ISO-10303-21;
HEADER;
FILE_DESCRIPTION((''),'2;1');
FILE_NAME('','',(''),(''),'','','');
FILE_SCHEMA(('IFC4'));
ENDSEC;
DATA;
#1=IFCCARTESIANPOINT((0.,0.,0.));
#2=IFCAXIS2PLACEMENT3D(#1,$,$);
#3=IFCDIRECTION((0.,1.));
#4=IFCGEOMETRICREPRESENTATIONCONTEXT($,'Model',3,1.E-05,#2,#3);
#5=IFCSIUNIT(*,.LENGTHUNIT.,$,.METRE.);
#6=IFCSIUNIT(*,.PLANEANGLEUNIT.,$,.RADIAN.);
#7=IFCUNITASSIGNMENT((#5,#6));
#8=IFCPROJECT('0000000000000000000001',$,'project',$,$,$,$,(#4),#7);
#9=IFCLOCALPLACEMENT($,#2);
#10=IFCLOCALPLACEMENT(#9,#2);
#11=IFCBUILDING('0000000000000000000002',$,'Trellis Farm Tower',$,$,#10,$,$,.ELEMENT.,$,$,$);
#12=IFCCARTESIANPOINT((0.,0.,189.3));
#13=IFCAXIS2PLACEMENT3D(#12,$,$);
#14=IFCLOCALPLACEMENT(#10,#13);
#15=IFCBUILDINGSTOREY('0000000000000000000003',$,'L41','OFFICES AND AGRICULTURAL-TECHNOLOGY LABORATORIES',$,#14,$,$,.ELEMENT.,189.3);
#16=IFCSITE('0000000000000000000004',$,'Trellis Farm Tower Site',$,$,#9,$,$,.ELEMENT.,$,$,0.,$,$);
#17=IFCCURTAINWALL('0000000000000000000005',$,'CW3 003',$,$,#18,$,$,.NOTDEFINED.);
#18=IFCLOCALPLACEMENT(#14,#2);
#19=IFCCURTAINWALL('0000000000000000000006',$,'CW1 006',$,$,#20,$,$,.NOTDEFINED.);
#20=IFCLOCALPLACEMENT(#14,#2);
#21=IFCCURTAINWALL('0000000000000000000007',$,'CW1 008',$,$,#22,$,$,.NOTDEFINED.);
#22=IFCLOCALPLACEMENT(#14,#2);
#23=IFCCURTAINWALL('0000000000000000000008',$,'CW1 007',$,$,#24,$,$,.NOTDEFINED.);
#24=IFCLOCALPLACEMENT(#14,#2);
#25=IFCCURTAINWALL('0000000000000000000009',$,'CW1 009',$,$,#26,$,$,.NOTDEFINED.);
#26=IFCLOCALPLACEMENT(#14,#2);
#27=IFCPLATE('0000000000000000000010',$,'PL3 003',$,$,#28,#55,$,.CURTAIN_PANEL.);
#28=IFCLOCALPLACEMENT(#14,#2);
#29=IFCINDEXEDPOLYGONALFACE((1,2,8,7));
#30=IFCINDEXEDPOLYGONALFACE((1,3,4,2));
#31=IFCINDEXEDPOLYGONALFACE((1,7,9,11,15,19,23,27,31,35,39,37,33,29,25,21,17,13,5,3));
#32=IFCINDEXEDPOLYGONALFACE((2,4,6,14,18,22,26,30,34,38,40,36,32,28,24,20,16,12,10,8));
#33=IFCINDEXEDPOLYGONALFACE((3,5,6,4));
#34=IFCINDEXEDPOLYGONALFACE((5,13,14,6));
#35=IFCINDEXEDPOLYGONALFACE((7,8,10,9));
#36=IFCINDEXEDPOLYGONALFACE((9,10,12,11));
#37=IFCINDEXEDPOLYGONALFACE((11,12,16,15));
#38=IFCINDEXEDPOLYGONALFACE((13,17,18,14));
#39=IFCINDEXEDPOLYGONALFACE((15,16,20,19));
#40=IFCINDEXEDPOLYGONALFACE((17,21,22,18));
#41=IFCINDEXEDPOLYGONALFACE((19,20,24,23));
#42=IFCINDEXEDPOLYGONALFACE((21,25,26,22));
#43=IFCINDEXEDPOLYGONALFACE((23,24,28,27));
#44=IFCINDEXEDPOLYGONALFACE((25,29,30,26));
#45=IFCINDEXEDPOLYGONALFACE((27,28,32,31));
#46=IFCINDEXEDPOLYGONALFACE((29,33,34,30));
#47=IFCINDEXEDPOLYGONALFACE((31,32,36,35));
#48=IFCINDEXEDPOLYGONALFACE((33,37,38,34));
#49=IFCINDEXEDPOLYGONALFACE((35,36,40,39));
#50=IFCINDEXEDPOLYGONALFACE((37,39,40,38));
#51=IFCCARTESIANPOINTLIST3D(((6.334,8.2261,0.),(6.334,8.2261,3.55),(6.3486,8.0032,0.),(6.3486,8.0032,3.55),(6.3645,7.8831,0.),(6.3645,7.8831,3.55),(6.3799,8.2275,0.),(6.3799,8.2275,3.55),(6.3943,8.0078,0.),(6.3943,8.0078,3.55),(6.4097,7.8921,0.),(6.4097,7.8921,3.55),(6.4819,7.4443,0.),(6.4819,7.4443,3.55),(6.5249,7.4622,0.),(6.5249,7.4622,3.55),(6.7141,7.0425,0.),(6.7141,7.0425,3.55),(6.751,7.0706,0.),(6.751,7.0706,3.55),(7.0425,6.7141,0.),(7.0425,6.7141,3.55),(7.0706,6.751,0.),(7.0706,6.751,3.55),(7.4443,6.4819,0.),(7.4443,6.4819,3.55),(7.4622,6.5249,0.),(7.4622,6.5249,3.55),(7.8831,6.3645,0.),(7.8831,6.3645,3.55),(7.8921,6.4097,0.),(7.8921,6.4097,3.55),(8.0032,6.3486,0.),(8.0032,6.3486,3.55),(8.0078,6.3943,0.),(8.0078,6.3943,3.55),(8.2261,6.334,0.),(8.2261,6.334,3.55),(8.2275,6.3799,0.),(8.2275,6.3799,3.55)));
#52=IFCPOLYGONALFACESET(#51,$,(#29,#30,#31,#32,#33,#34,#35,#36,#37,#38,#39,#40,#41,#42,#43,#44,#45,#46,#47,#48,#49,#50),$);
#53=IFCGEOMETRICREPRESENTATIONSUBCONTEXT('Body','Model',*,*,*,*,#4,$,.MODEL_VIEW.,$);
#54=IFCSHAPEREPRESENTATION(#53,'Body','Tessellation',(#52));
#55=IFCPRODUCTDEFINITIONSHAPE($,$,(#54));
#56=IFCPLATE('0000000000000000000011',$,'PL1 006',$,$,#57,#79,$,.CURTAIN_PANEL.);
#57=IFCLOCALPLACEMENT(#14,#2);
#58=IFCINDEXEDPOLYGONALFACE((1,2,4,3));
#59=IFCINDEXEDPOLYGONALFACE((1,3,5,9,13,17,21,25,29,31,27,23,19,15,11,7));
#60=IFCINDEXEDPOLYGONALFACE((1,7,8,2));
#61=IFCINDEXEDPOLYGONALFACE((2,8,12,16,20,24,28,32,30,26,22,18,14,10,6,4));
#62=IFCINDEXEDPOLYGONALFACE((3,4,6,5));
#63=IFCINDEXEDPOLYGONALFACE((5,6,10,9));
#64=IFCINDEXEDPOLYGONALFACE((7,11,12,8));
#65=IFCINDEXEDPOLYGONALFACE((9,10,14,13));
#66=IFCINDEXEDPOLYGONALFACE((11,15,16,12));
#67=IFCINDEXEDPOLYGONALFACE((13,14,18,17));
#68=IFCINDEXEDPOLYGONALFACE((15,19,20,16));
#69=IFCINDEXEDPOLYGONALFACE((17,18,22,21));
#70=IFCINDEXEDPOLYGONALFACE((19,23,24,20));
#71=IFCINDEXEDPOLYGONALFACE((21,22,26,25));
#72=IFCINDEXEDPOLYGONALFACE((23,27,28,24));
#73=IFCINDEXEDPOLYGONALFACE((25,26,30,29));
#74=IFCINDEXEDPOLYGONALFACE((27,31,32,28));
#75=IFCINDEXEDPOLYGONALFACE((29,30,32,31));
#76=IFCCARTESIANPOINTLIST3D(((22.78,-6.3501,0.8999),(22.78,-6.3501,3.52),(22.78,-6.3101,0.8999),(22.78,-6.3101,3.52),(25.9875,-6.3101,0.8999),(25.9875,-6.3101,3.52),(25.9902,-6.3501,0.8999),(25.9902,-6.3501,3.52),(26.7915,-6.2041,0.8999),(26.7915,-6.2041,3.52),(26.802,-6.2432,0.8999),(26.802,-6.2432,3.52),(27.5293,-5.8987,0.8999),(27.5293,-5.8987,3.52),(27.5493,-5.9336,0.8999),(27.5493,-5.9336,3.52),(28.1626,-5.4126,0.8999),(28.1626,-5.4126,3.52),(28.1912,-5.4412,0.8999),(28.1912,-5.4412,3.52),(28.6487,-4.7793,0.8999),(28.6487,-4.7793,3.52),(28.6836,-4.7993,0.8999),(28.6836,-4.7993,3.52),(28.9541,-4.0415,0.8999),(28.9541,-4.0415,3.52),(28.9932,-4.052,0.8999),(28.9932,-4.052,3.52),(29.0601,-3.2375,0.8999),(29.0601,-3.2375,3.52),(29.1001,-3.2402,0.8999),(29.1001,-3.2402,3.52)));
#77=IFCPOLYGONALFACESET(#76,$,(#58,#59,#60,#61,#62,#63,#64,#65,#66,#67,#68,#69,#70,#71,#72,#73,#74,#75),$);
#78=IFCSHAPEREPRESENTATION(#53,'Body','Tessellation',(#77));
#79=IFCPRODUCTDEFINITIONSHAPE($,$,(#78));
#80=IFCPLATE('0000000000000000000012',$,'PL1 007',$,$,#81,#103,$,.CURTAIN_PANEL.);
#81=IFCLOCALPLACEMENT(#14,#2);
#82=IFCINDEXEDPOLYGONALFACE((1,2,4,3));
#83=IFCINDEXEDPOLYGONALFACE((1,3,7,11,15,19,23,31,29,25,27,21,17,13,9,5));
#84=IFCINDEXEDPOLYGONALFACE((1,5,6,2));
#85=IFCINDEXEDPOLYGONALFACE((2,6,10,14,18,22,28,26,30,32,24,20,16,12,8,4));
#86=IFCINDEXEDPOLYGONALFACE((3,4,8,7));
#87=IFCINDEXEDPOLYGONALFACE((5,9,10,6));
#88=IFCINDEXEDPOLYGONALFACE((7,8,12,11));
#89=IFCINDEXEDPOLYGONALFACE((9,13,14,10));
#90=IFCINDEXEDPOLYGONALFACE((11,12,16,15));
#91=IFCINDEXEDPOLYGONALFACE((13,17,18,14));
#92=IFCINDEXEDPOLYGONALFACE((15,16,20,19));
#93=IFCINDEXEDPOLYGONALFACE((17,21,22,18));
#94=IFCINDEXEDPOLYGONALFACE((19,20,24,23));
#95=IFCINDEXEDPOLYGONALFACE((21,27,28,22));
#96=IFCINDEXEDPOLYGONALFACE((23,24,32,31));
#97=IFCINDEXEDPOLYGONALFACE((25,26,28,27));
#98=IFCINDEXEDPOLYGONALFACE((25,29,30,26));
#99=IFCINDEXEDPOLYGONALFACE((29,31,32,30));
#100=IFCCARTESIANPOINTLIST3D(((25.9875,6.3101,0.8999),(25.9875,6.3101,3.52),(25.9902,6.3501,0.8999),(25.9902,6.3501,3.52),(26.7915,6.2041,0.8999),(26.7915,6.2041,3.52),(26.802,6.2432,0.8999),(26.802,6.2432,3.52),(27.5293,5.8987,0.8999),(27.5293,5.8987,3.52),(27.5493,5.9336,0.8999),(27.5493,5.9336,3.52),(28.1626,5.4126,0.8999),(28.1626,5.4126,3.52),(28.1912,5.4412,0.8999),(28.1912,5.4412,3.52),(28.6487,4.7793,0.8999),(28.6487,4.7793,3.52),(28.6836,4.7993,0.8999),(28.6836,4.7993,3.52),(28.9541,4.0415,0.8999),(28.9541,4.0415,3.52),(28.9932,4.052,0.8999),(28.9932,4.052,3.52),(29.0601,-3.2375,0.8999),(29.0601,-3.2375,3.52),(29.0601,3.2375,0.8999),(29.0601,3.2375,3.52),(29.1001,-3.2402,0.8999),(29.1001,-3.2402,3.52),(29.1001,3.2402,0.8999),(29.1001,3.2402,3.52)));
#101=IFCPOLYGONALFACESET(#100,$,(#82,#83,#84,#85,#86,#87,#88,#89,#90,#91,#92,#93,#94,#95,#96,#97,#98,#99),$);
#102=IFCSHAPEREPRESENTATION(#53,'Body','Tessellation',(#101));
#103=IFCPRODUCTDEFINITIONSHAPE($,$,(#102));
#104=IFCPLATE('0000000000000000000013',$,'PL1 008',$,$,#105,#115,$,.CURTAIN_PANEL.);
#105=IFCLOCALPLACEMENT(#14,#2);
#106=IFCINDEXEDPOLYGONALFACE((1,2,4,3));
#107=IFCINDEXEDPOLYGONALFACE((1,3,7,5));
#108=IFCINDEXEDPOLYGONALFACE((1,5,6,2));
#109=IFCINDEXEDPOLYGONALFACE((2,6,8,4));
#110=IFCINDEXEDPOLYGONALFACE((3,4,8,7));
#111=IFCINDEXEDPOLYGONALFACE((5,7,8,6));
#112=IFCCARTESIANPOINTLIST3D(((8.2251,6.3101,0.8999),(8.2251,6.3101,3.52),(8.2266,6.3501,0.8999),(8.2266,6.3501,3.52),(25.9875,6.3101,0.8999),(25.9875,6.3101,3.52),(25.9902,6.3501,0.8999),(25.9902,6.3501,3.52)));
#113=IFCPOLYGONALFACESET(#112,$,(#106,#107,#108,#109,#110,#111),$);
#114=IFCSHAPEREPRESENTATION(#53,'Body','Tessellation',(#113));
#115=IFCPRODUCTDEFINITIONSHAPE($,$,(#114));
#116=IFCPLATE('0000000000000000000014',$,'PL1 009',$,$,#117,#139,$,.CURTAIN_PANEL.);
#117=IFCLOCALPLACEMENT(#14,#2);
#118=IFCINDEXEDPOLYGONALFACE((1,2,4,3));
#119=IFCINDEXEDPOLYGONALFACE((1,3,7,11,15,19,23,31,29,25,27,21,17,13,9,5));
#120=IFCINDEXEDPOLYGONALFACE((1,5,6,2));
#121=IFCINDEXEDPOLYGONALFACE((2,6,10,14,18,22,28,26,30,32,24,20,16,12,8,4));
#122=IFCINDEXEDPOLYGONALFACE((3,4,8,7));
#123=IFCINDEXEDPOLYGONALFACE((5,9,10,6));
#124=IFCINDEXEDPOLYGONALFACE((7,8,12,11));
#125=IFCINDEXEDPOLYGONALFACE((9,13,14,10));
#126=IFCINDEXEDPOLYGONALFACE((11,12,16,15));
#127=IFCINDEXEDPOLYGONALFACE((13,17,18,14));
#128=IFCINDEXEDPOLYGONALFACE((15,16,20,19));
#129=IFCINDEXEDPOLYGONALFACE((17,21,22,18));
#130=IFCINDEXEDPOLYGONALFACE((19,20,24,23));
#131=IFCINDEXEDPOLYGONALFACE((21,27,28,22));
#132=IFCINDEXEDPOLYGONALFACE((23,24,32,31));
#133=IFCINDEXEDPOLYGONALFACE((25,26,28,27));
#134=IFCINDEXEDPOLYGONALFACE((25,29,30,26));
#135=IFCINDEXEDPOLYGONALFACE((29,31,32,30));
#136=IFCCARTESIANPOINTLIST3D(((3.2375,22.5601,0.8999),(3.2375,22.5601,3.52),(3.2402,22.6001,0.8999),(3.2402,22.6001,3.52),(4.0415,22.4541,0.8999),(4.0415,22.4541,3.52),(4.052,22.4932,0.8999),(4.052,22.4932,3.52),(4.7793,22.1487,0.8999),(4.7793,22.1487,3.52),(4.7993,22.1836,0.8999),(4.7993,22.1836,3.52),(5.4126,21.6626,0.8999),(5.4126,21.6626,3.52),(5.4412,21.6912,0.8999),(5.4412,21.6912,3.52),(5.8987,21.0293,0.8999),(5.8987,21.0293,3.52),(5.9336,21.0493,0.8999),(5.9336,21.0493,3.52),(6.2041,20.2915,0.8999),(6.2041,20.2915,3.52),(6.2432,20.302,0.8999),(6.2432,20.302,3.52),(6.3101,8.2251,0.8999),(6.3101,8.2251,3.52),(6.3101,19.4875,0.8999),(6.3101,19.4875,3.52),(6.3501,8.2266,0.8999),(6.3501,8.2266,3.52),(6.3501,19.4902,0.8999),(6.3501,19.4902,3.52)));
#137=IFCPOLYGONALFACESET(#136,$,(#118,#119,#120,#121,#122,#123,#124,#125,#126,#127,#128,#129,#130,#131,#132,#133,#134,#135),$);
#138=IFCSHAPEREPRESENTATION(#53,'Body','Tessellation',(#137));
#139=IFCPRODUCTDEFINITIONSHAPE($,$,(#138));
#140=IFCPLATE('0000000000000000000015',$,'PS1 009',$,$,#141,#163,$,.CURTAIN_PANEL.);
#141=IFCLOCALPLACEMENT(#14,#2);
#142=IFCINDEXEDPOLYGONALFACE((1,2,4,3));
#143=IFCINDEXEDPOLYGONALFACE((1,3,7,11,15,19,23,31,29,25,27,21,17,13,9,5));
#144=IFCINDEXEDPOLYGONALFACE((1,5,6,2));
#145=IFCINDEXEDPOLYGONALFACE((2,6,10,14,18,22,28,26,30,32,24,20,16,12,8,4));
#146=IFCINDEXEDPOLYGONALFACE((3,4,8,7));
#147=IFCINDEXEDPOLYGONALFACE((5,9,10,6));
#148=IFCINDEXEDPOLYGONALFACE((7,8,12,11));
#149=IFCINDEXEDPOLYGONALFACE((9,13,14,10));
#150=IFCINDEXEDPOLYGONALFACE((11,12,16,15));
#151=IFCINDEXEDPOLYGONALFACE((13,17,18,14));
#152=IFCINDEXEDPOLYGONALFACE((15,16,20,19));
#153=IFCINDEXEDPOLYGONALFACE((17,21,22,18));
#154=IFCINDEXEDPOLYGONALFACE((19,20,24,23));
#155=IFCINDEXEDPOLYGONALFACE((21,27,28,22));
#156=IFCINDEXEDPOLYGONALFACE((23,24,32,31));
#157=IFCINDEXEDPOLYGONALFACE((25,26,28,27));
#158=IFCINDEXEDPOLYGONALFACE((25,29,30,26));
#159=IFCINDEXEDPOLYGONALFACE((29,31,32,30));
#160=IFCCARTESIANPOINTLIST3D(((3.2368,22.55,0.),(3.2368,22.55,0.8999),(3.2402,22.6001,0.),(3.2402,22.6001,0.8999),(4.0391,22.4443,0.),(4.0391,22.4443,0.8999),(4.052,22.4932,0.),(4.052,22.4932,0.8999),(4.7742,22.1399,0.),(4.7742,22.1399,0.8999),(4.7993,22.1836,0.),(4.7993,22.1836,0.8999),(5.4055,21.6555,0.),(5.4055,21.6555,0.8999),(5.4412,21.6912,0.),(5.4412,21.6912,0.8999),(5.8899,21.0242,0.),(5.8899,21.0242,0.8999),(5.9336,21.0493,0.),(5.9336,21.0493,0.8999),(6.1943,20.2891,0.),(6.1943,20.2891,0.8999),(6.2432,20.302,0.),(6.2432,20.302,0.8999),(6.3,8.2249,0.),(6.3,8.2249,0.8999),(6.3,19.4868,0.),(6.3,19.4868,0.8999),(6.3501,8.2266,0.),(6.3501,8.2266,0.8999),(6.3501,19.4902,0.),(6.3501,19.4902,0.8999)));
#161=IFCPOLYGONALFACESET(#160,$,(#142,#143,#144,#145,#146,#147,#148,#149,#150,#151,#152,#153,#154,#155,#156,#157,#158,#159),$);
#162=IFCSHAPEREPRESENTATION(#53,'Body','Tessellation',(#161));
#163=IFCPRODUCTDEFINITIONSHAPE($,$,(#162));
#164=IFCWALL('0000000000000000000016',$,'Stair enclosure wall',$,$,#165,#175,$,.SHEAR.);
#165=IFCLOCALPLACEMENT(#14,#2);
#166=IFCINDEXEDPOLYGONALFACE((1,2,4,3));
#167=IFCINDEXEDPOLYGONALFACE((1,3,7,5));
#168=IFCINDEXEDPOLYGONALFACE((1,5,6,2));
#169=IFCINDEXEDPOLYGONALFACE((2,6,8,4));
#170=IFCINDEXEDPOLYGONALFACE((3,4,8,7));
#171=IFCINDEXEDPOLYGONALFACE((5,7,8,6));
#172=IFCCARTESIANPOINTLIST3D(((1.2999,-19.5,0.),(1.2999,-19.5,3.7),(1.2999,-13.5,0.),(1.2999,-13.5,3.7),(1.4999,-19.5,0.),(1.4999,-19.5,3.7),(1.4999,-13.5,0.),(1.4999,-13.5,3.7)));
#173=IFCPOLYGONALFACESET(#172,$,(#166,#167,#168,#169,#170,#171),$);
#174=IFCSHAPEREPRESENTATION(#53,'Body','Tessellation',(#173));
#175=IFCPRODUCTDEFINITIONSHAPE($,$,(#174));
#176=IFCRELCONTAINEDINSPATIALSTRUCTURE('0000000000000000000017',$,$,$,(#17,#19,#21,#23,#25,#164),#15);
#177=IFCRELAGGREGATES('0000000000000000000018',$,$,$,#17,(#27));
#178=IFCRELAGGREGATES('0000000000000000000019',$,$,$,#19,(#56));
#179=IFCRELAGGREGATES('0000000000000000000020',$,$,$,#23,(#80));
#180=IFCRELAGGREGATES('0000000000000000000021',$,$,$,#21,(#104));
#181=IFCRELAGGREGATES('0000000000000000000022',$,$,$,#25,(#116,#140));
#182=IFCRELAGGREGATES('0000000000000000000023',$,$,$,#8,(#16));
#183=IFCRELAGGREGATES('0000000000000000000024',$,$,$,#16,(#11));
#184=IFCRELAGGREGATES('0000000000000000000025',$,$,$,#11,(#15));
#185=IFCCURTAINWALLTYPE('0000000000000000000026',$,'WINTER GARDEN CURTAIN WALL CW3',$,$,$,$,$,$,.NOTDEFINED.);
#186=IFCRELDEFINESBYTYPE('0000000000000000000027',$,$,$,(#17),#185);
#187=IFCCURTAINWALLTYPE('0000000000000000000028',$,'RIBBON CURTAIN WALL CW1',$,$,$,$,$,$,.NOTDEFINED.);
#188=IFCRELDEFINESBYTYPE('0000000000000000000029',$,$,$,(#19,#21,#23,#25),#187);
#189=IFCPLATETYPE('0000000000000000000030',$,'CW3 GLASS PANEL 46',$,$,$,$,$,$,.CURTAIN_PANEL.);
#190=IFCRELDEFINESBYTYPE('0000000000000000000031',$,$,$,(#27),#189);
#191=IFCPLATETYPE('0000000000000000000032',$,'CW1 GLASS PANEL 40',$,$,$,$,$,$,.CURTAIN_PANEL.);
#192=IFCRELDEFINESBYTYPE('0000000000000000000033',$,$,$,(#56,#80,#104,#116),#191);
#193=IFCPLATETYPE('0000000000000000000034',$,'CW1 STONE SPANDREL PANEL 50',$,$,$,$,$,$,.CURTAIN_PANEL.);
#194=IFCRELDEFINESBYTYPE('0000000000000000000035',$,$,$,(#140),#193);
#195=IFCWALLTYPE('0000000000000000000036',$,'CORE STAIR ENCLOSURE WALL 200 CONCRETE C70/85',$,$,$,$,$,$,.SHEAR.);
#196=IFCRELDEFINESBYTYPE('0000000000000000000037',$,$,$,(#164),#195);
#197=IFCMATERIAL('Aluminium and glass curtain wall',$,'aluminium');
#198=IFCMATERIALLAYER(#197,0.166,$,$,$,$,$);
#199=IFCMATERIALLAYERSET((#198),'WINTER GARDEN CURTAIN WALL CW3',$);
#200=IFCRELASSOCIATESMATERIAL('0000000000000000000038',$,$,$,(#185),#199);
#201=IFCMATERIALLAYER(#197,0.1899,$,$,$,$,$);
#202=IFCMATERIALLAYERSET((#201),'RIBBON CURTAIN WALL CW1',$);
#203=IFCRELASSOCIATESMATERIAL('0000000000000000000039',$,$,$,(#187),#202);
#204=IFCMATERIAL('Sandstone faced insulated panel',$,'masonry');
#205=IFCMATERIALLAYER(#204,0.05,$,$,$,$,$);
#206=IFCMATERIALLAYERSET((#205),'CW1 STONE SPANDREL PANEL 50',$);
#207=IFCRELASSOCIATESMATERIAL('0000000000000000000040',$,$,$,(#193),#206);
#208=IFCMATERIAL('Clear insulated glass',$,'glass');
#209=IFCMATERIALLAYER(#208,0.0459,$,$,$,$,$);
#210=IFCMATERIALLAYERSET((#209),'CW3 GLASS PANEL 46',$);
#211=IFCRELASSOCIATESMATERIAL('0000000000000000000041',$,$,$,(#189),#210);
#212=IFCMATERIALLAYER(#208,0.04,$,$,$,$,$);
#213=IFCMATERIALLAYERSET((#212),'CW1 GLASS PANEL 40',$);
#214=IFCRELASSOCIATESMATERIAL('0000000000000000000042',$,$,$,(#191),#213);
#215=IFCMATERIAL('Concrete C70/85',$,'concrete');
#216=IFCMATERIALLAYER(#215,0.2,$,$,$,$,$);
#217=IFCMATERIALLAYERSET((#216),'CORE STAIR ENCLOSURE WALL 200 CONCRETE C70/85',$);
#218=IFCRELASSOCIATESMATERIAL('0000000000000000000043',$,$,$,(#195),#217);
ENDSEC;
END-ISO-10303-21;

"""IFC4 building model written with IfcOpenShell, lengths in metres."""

from ifc_helpers import new_model, si_unit, direction, frame, frame_2d, origin, place, context, subcontext, project, spatial, polyline, rectangle, outline, extrude, source, transform, mapped, material, layer, layer_set, type_object, element, aggregate, save


model = new_model("IFC4")

# Units and contexts
model_context = context("Model", 3, precision=1e-05, world=origin(), true_north=direction((0.0, 1.0)))
body_context = subcontext(model_context, "Body", "Model", "MODEL_VIEW")
ifc_project = project(units=[si_unit("LENGTHUNIT", "METRE"), si_unit("PLANEANGLEUNIT", "RADIAN")], contexts=[model_context])

# Site, building, storey
site_placement = place(None, origin())
site = spatial("IfcSite", under=ifc_project, at=site_placement, Name="Trellis Farm Tower Site", CompositionType="ELEMENT", RefElevation=0.0)
building_placement = place(site_placement, origin())
building = spatial("IfcBuilding", under=site, at=building_placement, Name="Trellis Farm Tower", CompositionType="ELEMENT")
storey_placement = place(building_placement, frame((0.0, 0.0, 189.3)))
storey = spatial("IfcBuildingStorey", under=building, at=storey_placement, Name="L41", Description="OFFICES AND AGRICULTURAL-TECHNOLOGY LABORATORIES", CompositionType="ELEMENT", Elevation=189.3)

# Shared definitions
ifc_material_1 = material(Name="Concrete C70/85", Category="concrete")

# Curtain walls
ifc_material_2 = material(Name="Aluminium and glass curtain wall", Category="aluminium")
ifc_layer_1 = layer(ifc_material_2, 0.166)
ifc_layer_set_1 = layer_set([ifc_layer_1], Name="WINTER GARDEN CURTAIN WALL CW3")
curtain_wall_type_1 = type_object("IfcCurtainWallType", Name="WINTER GARDEN CURTAIN WALL CW3", PredefinedType="NOTDEFINED", material=ifc_layer_set_1)
placement_1 = place(storey_placement, origin())
curtain_wall_1 = element("IfcCurtainWall", 1, at=placement_1, inside=storey, type_object=curtain_wall_type_1, Name="CW3 003", PredefinedType="NOTDEFINED")
ifc_layer_2 = layer(ifc_material_2, 0.1899)
ifc_layer_set_2 = layer_set([ifc_layer_2], Name="RIBBON CURTAIN WALL CW1")
curtain_wall_type_2 = type_object("IfcCurtainWallType", Name="RIBBON CURTAIN WALL CW1", PredefinedType="NOTDEFINED", material=ifc_layer_set_2)
curtain_wall_2 = element("IfcCurtainWall", 2, at=placement_1, inside=storey, type_object=curtain_wall_type_2, Name="CW1 006", PredefinedType="NOTDEFINED")
curtain_wall_3 = element("IfcCurtainWall", 3, at=placement_1, inside=storey, type_object=curtain_wall_type_2, Name="CW1 008", PredefinedType="NOTDEFINED")
curtain_wall_4 = element("IfcCurtainWall", 4, at=placement_1, inside=storey, type_object=curtain_wall_type_2, Name="CW1 007", PredefinedType="NOTDEFINED")
curtain_wall_5 = element("IfcCurtainWall", 5, at=placement_1, inside=storey, type_object=curtain_wall_type_2, Name="CW1 009", PredefinedType="NOTDEFINED")

# Plates
ifc_material_3 = material(Name="Sandstone faced insulated panel", Category="masonry")
ifc_layer_3 = layer(ifc_material_3, 0.05)
ifc_layer_set_3 = layer_set([ifc_layer_3], Name="CW1 STONE SPANDREL PANEL 50")
plate_type_1 = type_object("IfcPlateType", Name="CW1 STONE SPANDREL PANEL 50", PredefinedType="CURTAIN_PANEL", material=ifc_layer_set_3)
ifc_material_4 = material(Name="Clear insulated glass", Category="glass")
ifc_layer_4 = layer(ifc_material_4, 0.0459)
ifc_layer_set_4 = layer_set([ifc_layer_4], Name="CW3 GLASS PANEL 46")
plate_type_2 = type_object("IfcPlateType", Name="CW3 GLASS PANEL 46", PredefinedType="CURTAIN_PANEL", material=ifc_layer_set_4)
shared_shape_1 = source(origin(), body_context, "Body", "SweptSolid", [
    extrude(outline(polyline([(8.2275, 6.3799), (8.0078, 6.3943), (7.8921, 6.4097), (7.4622, 6.5249), (7.0706, 6.751), (6.751, 7.0706), (6.5249, 7.4622), (6.4097, 7.8921), (6.3943, 8.0078), (6.3799, 8.2275), (6.334, 8.2261), (6.3486, 8.0032), (6.3645, 7.8831), (6.4819, 7.4443), (6.7141, 7.0425), (7.0425, 6.7141), (7.4443, 6.4819), (7.8831, 6.3645), (8.0032, 6.3486), (8.2261, 6.334), (8.2275, 6.3799)])), origin(), (0.0, 0.0, 1.0), 3.55),
])
plate_1 = element("IfcPlate", 6, at=placement_1, type_object=plate_type_2, Name="PL3 003", PredefinedType="CURTAIN_PANEL", context=body_context, shape_type="MappedRepresentation", body=[
    mapped(shared_shape_1, transform((0.0, 0.0, 0.0))),
])
aggregate(curtain_wall_1, [plate_1])
ifc_layer_5 = layer(ifc_material_4, 0.04)
ifc_layer_set_5 = layer_set([ifc_layer_5], Name="CW1 GLASS PANEL 40")
plate_type_3 = type_object("IfcPlateType", Name="CW1 GLASS PANEL 40", PredefinedType="CURTAIN_PANEL", material=ifc_layer_set_5)
shared_shape_2 = source(origin(), body_context, "Body", "SweptSolid", [
    extrude(outline(polyline([(22.78, -6.3501), (25.9902, -6.3501), (26.802, -6.2432), (27.5493, -5.9336), (28.1912, -5.4412), (28.6836, -4.7993), (28.9932, -4.052), (29.1001, -3.2402), (29.0601, -3.2375), (28.9541, -4.0415), (28.6487, -4.7793), (28.1626, -5.4126), (27.5293, -5.8987), (26.7915, -6.2041), (25.9875, -6.3101), (22.78, -6.3101), (22.78, -6.3501)])), origin(), (0.0, 0.0, 1.0), 2.6201),
])
placement_2 = place(storey_placement, frame((0.0, 0.0, 0.8999)))
plate_2 = element("IfcPlate", 7, at=placement_2, type_object=plate_type_3, Name="PL1 006", PredefinedType="CURTAIN_PANEL", context=body_context, shape_type="MappedRepresentation", body=[
    mapped(shared_shape_2, transform((0.0, 0.0, 0.0))),
])
aggregate(curtain_wall_2, [plate_2])
shared_shape_3 = source(origin(), body_context, "Body", "SweptSolid", [
    extrude(outline(polyline([(29.1001, -3.2402), (29.1001, 3.2402), (28.9932, 4.052), (28.6836, 4.7993), (28.1912, 5.4412), (27.5493, 5.9336), (26.802, 6.2432), (25.9902, 6.3501), (25.9875, 6.3101), (26.7915, 6.2041), (27.5293, 5.8987), (28.1626, 5.4126), (28.6487, 4.7793), (28.9541, 4.0415), (29.0601, 3.2375), (29.0601, -3.2375), (29.1001, -3.2402)])), origin(), (0.0, 0.0, 1.0), 2.6201),
])
plate_3 = element("IfcPlate", 8, at=placement_2, type_object=plate_type_3, Name="PL1 007", PredefinedType="CURTAIN_PANEL", context=body_context, shape_type="MappedRepresentation", body=[
    mapped(shared_shape_3, transform((0.0, 0.0, 0.0))),
])
aggregate(curtain_wall_4, [plate_3])
shared_shape_4 = source(origin(), body_context, "Body", "SweptSolid", [
    extrude(outline(polyline([(25.9902, 6.3501), (8.2266, 6.3501), (8.2251, 6.3101), (25.9875, 6.3101), (25.9902, 6.3501)])), origin(), (0.0, 0.0, 1.0), 2.6201),
])
plate_4 = element("IfcPlate", 9, at=placement_2, type_object=plate_type_3, Name="PL1 008", PredefinedType="CURTAIN_PANEL", context=body_context, shape_type="MappedRepresentation", body=[
    mapped(shared_shape_4, transform((0.0, 0.0, 0.0))),
])
aggregate(curtain_wall_3, [plate_4])
shared_shape_5 = source(origin(), body_context, "Body", "SweptSolid", [
    extrude(outline(polyline([(6.3501, 8.2266), (6.3501, 19.4902), (6.2432, 20.302), (5.9336, 21.0493), (5.4412, 21.6912), (4.7993, 22.1836), (4.052, 22.4932), (3.2402, 22.6001), (3.2375, 22.5601), (4.0415, 22.4541), (4.7793, 22.1487), (5.4126, 21.6626), (5.8987, 21.0293), (6.2041, 20.2915), (6.3101, 19.4875), (6.3101, 8.2251), (6.3501, 8.2266)])), origin(), (0.0, 0.0, 1.0), 2.6201),
])
plate_5 = element("IfcPlate", 10, at=placement_2, type_object=plate_type_3, Name="PL1 009", PredefinedType="CURTAIN_PANEL", context=body_context, shape_type="MappedRepresentation", body=[
    mapped(shared_shape_5, transform((0.0, 0.0, 0.0))),
])
shared_shape_6 = source(origin(), body_context, "Body", "SweptSolid", [
    extrude(outline(polyline([(6.3501, 8.2266), (6.3501, 19.4902), (6.2432, 20.302), (5.9336, 21.0493), (5.4412, 21.6912), (4.7993, 22.1836), (4.052, 22.4932), (3.2402, 22.6001), (3.2368, 22.55), (4.0391, 22.4443), (4.7742, 22.1399), (5.4055, 21.6555), (5.8899, 21.0242), (6.1943, 20.2891), (6.3, 19.4868), (6.3, 8.2249), (6.3501, 8.2266)])), origin(), (0.0, 0.0, 1.0), 0.8999),
])
plate_6 = element("IfcPlate", 11, at=placement_1, type_object=plate_type_1, Name="PS1 009", PredefinedType="CURTAIN_PANEL", context=body_context, shape_type="MappedRepresentation", body=[
    mapped(shared_shape_6, transform((0.0, 0.0, 0.0))),
])
aggregate(curtain_wall_5, [plate_5, plate_6])

# Wall
ifc_layer_6 = layer(ifc_material_1, 0.2)
ifc_layer_set_6 = layer_set([ifc_layer_6], Name="CORE STAIR ENCLOSURE WALL 200 CONCRETE C70/85")
wall_type_1 = type_object("IfcWallType", Name="CORE STAIR ENCLOSURE WALL 200 CONCRETE C70/85", PredefinedType="SHEAR", material=ifc_layer_set_6)
shared_shape_7 = source(origin(), body_context, "Body", "SweptSolid", [
    extrude(rectangle(XDim=6.0, YDim=0.2, at=frame_2d((3.0, 0.0))), origin(), (0.0, 0.0, 1.0), 3.7),
])
wall_1_placement = place(storey_placement, frame((1.3999, -13.5, 0.0), z_axis=(0.0, 0.0, 1.0), x_axis=(0.0, -1.0, 0.0)))
element("IfcWall", 12, at=wall_1_placement, inside=storey, type_object=wall_type_1, Name="Stair enclosure wall", PredefinedType="SHEAR", context=body_context, shape_type="MappedRepresentation", body=[
    mapped(shared_shape_7, transform((0.0, 0.0, 0.0))),
])

save(model, "model.ifc")
